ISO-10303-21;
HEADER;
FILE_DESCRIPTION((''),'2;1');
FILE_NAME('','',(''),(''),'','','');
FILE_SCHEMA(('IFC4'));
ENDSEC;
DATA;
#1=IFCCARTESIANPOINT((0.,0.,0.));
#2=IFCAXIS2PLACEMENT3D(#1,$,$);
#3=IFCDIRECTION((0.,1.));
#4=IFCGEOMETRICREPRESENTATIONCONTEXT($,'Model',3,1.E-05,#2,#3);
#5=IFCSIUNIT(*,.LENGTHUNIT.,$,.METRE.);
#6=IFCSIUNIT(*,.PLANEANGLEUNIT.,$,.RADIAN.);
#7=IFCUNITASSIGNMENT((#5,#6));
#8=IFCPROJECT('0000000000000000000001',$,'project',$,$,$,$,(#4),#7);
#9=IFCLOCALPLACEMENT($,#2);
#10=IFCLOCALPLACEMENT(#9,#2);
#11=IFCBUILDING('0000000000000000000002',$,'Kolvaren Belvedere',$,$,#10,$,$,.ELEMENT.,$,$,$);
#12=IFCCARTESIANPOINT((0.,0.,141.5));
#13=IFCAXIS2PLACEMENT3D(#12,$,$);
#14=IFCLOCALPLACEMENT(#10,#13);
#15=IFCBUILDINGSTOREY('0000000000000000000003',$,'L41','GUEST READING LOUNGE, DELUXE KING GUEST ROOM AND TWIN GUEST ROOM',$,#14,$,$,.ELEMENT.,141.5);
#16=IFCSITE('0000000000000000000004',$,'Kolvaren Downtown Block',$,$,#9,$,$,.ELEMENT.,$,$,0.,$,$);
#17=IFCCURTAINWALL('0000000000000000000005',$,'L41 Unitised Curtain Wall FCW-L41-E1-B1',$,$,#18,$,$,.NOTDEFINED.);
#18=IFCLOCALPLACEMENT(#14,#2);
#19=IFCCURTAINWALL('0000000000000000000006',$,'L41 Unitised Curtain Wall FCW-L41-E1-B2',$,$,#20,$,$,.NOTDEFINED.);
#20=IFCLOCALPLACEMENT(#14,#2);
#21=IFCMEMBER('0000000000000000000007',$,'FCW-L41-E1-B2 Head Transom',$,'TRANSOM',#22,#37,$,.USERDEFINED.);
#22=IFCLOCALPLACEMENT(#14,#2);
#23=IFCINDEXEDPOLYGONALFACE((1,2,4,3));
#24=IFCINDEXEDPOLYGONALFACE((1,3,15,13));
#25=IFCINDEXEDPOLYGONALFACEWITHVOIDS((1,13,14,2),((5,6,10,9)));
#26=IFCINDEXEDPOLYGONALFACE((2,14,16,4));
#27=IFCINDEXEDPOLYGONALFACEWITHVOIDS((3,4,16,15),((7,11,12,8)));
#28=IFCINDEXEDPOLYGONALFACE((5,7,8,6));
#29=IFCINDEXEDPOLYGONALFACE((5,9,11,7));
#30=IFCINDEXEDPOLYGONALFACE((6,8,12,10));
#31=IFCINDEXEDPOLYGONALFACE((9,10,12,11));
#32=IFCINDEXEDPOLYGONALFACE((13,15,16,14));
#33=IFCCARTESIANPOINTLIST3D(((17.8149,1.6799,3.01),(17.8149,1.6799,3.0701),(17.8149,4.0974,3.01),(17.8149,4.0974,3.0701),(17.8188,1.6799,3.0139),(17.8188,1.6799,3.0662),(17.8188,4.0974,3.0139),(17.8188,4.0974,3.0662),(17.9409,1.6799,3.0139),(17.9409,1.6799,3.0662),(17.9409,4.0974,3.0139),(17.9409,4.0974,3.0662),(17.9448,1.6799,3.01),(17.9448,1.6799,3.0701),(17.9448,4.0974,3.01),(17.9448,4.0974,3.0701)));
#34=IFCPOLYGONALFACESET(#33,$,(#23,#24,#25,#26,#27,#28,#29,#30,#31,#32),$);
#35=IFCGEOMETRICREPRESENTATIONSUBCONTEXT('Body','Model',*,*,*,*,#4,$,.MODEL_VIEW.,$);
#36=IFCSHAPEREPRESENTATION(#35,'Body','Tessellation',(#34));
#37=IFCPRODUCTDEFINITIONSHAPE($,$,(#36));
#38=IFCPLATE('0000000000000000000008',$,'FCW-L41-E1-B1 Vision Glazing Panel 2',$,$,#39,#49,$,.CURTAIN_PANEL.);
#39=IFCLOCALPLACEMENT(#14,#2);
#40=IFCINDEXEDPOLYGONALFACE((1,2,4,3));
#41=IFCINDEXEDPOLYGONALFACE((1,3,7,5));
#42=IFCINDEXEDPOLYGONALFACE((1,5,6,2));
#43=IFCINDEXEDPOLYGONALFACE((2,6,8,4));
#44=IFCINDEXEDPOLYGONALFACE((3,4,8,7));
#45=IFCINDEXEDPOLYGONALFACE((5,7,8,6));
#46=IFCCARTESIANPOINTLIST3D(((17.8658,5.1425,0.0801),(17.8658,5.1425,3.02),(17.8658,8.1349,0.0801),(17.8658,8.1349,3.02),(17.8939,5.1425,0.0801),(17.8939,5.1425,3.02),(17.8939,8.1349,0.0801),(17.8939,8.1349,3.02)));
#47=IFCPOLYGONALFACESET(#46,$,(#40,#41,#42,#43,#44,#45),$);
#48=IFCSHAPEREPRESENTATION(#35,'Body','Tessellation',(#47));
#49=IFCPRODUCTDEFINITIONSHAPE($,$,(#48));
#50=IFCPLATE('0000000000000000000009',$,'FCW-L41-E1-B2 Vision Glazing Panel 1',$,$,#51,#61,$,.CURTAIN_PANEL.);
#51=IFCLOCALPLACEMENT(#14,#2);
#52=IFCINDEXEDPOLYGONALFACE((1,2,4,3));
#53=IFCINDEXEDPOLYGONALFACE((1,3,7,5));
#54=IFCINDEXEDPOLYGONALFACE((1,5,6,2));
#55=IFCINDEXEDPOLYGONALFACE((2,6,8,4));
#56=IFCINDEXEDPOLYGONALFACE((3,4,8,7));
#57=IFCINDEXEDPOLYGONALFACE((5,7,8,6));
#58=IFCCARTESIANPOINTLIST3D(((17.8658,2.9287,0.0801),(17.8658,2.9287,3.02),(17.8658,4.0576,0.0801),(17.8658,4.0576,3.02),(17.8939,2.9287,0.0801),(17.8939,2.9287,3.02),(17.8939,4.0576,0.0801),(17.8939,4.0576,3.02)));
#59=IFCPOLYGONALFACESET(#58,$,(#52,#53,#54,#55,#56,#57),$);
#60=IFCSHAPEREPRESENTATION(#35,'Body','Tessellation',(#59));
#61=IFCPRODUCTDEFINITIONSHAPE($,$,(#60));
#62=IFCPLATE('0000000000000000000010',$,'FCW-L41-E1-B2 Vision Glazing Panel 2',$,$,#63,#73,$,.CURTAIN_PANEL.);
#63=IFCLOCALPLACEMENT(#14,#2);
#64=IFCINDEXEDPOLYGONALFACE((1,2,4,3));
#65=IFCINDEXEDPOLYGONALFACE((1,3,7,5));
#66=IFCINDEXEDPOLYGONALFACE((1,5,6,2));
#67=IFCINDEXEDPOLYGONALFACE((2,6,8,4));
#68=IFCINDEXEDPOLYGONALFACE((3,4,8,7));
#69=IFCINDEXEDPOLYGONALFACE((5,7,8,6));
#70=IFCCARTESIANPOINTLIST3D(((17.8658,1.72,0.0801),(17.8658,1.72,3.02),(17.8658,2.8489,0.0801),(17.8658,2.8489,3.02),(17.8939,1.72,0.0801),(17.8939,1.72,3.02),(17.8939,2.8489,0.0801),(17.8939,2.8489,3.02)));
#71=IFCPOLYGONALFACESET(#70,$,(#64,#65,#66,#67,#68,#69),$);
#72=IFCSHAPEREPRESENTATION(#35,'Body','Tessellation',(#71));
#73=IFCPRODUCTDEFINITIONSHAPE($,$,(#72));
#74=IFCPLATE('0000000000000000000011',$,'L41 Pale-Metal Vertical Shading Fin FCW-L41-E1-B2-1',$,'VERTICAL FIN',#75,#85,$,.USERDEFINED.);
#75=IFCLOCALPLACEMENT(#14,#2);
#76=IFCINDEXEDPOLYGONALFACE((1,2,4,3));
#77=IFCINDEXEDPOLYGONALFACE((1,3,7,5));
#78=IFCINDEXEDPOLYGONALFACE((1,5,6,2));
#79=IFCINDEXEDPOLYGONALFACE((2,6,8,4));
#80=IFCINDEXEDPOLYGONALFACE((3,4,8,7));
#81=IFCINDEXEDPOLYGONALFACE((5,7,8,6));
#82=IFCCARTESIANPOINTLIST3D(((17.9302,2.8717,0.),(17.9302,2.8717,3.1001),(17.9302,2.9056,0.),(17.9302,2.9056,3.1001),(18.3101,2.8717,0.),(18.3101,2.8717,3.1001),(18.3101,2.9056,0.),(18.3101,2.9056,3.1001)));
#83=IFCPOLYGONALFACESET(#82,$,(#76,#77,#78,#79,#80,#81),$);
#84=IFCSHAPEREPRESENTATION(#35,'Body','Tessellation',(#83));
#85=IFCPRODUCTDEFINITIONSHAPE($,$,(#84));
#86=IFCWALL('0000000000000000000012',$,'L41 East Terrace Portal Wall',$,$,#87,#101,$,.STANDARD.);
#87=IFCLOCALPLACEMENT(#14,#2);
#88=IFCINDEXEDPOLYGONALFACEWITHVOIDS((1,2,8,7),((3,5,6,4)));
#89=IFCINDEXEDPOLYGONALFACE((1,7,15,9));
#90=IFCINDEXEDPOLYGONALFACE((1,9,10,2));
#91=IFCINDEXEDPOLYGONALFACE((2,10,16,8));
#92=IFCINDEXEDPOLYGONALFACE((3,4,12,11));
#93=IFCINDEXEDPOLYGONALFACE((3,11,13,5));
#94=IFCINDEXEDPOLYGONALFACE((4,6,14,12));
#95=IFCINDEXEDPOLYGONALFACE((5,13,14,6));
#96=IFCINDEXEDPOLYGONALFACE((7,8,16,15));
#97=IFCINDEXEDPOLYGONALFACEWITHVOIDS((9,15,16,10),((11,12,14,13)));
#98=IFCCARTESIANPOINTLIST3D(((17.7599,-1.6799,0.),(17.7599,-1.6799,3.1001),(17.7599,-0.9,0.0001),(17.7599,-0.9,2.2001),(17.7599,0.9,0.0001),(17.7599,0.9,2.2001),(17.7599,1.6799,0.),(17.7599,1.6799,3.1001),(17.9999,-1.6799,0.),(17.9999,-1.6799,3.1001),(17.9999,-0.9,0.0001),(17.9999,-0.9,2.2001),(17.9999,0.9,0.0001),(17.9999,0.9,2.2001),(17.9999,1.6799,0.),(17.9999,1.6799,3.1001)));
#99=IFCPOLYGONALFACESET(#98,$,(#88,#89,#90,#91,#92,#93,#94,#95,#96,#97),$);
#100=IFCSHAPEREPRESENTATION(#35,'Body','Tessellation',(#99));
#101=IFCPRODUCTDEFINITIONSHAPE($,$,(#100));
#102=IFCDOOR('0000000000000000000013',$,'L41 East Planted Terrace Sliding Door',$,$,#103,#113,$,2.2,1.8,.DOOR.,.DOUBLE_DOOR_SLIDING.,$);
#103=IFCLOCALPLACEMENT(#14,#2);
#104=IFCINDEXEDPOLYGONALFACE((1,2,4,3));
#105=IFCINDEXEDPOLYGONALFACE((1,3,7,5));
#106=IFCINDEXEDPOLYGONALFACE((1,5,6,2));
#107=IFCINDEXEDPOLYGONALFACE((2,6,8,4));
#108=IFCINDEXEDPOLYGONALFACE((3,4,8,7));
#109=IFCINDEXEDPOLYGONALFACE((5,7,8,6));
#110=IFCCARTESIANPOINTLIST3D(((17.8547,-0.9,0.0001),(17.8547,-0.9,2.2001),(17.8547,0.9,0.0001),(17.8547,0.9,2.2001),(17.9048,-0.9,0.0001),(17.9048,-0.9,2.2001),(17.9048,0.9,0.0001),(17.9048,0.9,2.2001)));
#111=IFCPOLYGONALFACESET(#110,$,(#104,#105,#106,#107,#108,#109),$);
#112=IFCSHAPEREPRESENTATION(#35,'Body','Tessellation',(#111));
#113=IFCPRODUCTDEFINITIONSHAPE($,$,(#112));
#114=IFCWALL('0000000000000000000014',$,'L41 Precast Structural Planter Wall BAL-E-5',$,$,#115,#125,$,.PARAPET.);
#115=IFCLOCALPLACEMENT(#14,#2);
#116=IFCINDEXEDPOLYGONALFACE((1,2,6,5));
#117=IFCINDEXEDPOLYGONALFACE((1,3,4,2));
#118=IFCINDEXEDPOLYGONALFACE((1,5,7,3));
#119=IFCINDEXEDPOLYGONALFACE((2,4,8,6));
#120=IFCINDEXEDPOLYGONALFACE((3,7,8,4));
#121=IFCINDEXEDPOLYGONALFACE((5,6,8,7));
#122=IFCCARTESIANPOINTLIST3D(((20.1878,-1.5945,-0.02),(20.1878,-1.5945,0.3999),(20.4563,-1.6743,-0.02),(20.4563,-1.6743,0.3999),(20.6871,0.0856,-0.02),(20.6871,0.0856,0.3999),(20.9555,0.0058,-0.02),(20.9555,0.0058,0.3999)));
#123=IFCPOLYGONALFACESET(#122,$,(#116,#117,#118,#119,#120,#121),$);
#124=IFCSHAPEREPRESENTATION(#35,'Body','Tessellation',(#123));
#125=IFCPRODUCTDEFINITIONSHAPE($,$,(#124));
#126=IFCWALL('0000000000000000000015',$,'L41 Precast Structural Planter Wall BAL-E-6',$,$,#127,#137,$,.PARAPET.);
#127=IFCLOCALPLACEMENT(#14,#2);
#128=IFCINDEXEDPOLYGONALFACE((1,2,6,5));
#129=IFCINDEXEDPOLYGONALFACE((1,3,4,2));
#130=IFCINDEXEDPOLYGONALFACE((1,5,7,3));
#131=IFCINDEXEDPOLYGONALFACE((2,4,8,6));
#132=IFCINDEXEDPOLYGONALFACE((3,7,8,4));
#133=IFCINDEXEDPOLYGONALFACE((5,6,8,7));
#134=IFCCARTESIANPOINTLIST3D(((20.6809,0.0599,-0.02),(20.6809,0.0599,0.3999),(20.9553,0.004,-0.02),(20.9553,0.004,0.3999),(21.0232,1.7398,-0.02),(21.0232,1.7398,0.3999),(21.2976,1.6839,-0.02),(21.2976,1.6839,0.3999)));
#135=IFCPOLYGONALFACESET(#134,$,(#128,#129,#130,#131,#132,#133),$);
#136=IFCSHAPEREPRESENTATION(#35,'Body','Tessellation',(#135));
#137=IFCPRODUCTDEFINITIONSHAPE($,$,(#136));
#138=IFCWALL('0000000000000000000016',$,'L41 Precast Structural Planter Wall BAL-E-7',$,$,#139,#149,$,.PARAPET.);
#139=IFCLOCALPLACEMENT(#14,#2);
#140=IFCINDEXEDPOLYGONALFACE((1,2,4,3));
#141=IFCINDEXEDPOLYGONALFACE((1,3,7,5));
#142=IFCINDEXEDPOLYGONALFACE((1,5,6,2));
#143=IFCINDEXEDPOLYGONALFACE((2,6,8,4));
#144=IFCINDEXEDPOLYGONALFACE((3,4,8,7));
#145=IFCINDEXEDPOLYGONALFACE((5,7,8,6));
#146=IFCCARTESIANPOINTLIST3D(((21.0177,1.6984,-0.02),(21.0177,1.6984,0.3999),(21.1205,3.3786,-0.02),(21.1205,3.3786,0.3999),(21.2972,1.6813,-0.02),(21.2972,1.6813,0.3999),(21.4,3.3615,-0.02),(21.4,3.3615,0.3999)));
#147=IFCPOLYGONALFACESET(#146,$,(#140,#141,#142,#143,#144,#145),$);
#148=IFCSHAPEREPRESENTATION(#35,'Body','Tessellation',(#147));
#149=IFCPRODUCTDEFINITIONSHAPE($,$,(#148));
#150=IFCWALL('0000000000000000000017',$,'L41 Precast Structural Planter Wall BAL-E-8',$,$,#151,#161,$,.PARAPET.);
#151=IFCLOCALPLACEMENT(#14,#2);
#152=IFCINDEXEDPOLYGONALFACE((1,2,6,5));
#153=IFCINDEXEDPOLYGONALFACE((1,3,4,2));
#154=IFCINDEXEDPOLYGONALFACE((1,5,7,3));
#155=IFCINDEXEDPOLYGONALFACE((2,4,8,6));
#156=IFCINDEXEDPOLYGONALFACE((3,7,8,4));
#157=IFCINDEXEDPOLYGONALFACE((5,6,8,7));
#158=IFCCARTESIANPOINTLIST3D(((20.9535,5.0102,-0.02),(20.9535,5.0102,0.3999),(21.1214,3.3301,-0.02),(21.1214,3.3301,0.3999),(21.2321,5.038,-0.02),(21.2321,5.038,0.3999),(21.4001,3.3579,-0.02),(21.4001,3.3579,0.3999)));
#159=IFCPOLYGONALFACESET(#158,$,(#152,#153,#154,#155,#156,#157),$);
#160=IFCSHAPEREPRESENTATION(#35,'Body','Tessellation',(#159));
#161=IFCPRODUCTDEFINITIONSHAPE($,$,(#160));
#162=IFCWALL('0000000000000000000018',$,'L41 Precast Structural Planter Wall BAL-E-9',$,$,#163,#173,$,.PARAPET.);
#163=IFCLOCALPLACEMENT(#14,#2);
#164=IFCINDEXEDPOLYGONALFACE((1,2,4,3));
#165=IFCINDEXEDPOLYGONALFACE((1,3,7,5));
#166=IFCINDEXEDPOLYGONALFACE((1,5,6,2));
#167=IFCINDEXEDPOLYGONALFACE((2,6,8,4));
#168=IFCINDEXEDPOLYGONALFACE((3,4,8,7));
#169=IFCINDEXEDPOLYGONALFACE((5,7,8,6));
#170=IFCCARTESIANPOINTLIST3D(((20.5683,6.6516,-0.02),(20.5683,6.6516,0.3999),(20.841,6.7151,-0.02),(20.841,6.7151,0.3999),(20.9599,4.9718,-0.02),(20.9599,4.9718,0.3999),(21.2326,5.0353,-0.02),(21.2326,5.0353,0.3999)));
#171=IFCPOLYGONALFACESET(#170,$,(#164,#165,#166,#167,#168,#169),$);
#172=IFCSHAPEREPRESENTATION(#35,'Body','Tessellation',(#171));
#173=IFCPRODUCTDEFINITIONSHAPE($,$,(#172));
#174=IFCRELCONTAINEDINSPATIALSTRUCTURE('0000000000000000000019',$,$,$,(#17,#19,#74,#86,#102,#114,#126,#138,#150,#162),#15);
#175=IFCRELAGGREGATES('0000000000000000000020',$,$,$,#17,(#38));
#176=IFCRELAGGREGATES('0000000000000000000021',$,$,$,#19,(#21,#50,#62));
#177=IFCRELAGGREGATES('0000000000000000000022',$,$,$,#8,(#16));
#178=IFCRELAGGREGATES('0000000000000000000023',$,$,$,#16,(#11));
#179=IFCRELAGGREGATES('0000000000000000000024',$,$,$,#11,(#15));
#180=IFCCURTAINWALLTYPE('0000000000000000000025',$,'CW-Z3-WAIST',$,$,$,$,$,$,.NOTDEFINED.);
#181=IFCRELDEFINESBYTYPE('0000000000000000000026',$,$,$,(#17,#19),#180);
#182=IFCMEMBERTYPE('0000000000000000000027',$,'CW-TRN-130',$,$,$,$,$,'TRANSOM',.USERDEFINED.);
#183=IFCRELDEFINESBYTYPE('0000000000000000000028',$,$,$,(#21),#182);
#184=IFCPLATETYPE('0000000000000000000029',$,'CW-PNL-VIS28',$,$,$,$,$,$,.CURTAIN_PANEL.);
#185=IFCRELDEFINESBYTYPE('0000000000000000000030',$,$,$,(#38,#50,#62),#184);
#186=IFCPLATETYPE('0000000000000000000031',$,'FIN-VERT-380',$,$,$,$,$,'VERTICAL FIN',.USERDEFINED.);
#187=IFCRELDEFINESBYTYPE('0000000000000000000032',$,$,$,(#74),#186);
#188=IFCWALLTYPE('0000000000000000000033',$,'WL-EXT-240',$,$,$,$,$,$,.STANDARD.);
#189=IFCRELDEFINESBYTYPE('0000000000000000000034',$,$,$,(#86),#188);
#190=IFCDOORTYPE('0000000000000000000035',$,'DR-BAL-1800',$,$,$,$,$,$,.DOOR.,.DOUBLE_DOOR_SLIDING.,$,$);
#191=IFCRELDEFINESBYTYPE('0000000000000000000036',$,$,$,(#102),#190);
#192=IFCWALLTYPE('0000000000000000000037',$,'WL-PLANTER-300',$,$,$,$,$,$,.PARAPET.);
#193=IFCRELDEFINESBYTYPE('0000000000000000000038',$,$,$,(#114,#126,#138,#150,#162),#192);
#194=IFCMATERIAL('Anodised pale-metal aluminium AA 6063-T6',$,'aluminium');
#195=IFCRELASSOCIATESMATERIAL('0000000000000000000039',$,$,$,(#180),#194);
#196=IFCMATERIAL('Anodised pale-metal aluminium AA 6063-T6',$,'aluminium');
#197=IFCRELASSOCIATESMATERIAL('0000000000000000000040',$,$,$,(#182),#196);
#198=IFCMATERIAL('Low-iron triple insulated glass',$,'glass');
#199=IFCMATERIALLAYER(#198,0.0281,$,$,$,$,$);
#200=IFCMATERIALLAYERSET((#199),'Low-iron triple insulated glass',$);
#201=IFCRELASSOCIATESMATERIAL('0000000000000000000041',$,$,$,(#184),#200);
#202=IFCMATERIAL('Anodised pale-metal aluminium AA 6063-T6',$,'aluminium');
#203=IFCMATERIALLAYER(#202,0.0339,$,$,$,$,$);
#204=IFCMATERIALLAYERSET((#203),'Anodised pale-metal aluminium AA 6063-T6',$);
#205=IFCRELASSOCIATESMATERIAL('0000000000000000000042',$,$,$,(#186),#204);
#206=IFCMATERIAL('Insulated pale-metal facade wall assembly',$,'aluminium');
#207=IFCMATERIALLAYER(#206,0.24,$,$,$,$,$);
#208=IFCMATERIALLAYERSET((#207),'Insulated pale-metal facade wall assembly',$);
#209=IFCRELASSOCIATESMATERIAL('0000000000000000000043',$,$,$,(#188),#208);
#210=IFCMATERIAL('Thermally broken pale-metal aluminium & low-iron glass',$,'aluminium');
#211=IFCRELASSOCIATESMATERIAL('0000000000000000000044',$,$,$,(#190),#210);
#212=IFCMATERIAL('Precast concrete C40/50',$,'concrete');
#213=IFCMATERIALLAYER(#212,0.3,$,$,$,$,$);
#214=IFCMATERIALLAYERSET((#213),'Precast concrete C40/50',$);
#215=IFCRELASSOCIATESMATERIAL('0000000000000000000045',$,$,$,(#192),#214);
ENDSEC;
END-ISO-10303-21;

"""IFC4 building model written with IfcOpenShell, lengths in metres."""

from ifc_helpers import new_model, si_unit, direction, frame, frame_2d, origin, origin_2d, place, context, subcontext, project, spatial, rectangle, hollow_rectangle, extrude, material, layer, layer_set, material_profile, profile_set, type_object, element, fill, aggregate, save


model = new_model("IFC4")

# Units and contexts
model_context = context("Model", 3, precision=1e-05, world=origin(), true_north=direction((0.0, 1.0)))
body_context = subcontext(model_context, "Body", "Model", "MODEL_VIEW")
ifc_project = project(units=[si_unit("LENGTHUNIT", "METRE"), si_unit("PLANEANGLEUNIT", "RADIAN")], contexts=[model_context])

# Site, building, storey
site_placement = place(None, origin())
site = spatial("IfcSite", under=ifc_project, at=site_placement, Name="Kolvaren Downtown Block", CompositionType="ELEMENT", RefElevation=0.0)
building_placement = place(site_placement, origin())
building = spatial("IfcBuilding", under=site, at=building_placement, Name="Kolvaren Belvedere", CompositionType="ELEMENT")
storey_placement = place(building_placement, frame((0.0, 0.0, 141.5)))
storey = spatial("IfcBuildingStorey", under=building, at=storey_placement, Name="L41", Description="GUEST READING LOUNGE, DELUXE KING GUEST ROOM AND TWIN GUEST ROOM", CompositionType="ELEMENT", Elevation=141.5)

# Curtain wall
ifc_material_1 = material(Name="Anodised pale-metal aluminium AA 6063-T6", Category="aluminium")
curtain_wall_type = type_object("IfcCurtainWallType", Name="CW-Z3-WAIST", PredefinedType="NOTDEFINED", material=ifc_material_1)
curtain_wall_1_placement = place(storey_placement, origin())
curtain_wall_1 = element("IfcCurtainWall", 1, at=curtain_wall_1_placement, inside=storey, type_object=curtain_wall_type, Name="L41 Unitised Curtain Wall FCW-L41-E1-B1", PredefinedType="NOTDEFINED")

# Curtain wall, member
curtain_wall_2_placement = place(storey_placement, origin())
curtain_wall_2 = element("IfcCurtainWall", 2, at=curtain_wall_2_placement, inside=storey, type_object=curtain_wall_type, Name="L41 Unitised Curtain Wall FCW-L41-E1-B2", PredefinedType="NOTDEFINED")
ifc_material_2 = material(Name="Anodised pale-metal aluminium AA 6063-T6", Category="aluminium")
ifc_material_profile_1 = material_profile(ifc_material_2, hollow_rectangle(XDim=0.0601, YDim=0.1299, WallThickness=0.0039, at=origin_2d()), Name="ALU-TRN-130X60")
ifc_profile_set_1 = profile_set([ifc_material_profile_1], Name="Anodised pale-metal aluminium AA 6063-T6")
member_type_1 = type_object("IfcMemberType", Name="CW-TRN-130", ElementType="TRANSOM", PredefinedType="USERDEFINED", material=ifc_profile_set_1)
member_1_placement = place(storey_placement, frame((17.8799, 4.0974, 3.04), z_axis=(0.0, -1.0, 0.0), x_axis=(0.0, 0.0, 1.0)))
member_1 = element("IfcMember", 3, at=member_1_placement, type_object=member_type_1, Name="FCW-L41-E1-B2 Head Transom", ObjectType="TRANSOM", PredefinedType="USERDEFINED", context=body_context, shape_type="SweptSolid", body=[
    extrude(hollow_rectangle(XDim=0.0601, YDim=0.1299, WallThickness=0.0039, at=origin_2d()), origin(), (0.0, 0.0, 1.0), 2.4175),
])

# Plates
ifc_material_3 = material(Name="Low-iron triple insulated glass", Category="glass")
ifc_layer_1 = layer(ifc_material_3, 0.0281)
ifc_layer_set_1 = layer_set([ifc_layer_1], Name="Low-iron triple insulated glass")
plate_type_1 = type_object("IfcPlateType", Name="CW-PNL-VIS28", PredefinedType="CURTAIN_PANEL", material=ifc_layer_set_1)
plate_1_placement = place(storey_placement, frame((17.8799, 6.6387, 0.0801), z_axis=(0.0, 0.0, 1.0), x_axis=(0.0, -1.0, 0.0)))
plate_1 = element("IfcPlate", 4, at=plate_1_placement, type_object=plate_type_1, Name="FCW-L41-E1-B1 Vision Glazing Panel 2", PredefinedType="CURTAIN_PANEL", context=body_context, shape_type="SweptSolid", body=[
    extrude(rectangle(XDim=2.9924, YDim=0.0281, at=origin_2d()), origin(), (0.0, 0.0, 1.0), 2.9399),
])
aggregate(curtain_wall_1, [plate_1])
plate_2_placement = place(storey_placement, frame((17.8799, 3.4932, 0.0801), z_axis=(0.0, 0.0, 1.0), x_axis=(0.0, -1.0, 0.0)))
plate_2 = element("IfcPlate", 5, at=plate_2_placement, type_object=plate_type_1, Name="FCW-L41-E1-B2 Vision Glazing Panel 1", PredefinedType="CURTAIN_PANEL", context=body_context, shape_type="SweptSolid", body=[
    extrude(rectangle(XDim=1.1289, YDim=0.0281, at=origin_2d()), origin(), (0.0, 0.0, 1.0), 2.9399),
])
plate_3_placement = place(storey_placement, frame((17.8799, 2.2844, 0.0801), z_axis=(0.0, 0.0, 1.0), x_axis=(0.0, -1.0, 0.0)))
plate_3 = element("IfcPlate", 6, at=plate_3_placement, type_object=plate_type_1, Name="FCW-L41-E1-B2 Vision Glazing Panel 2", PredefinedType="CURTAIN_PANEL", context=body_context, shape_type="SweptSolid", body=[
    extrude(rectangle(XDim=1.1289, YDim=0.0281, at=origin_2d()), origin(), (0.0, 0.0, 1.0), 2.9399),
])
aggregate(curtain_wall_2, [member_1, plate_2, plate_3])
ifc_material_4 = material(Name="Anodised pale-metal aluminium AA 6063-T6", Category="aluminium")
ifc_layer_2 = layer(ifc_material_4, 0.0339)
ifc_layer_set_2 = layer_set([ifc_layer_2], Name="Anodised pale-metal aluminium AA 6063-T6")
plate_type_2 = type_object("IfcPlateType", Name="FIN-VERT-380", ElementType="VERTICAL FIN", PredefinedType="USERDEFINED", material=ifc_layer_set_2)
plate_4_placement = place(storey_placement, frame((18.1201, 2.8887, 0.0), z_axis=(0.0, 0.0, 1.0), x_axis=(1.0, 0.0, 0.0)))
element("IfcPlate", 7, at=plate_4_placement, inside=storey, type_object=plate_type_2, Name="L41 Pale-Metal Vertical Shading Fin FCW-L41-E1-B2-1", ObjectType="VERTICAL FIN", PredefinedType="USERDEFINED", context=body_context, shape_type="SweptSolid", body=[
    extrude(rectangle(XDim=0.3799, YDim=0.0339, at=origin_2d()), origin(), (0.0, 0.0, 1.0), 3.1001),
])

# Wall, opening, door
ifc_material_5 = material(Name="Insulated pale-metal facade wall assembly", Category="aluminium")
ifc_layer_3 = layer(ifc_material_5, 0.24)
ifc_layer_set_3 = layer_set([ifc_layer_3], Name="Insulated pale-metal facade wall assembly")
wall_type_1 = type_object("IfcWallType", Name="WL-EXT-240", PredefinedType="STANDARD", material=ifc_layer_set_3)
wall_1_placement = place(storey_placement, frame((17.8799, 1.6799, 0.0), z_axis=(0.0, 0.0, 1.0), x_axis=(0.0, -1.0, 0.0)))
wall_1 = element("IfcWall", 8, at=wall_1_placement, inside=storey, type_object=wall_type_1, Name="L41 East Terrace Portal Wall", PredefinedType="STANDARD", context=body_context, shape_type="SweptSolid", body=[
    extrude(rectangle(XDim=3.3599, YDim=0.24, at=frame_2d((1.6799, 0.0))), origin(), (0.0, 0.0, 1.0), 3.1001),
])
opening_placement = place(wall_1_placement, frame((0.78, 0.0, 0.0)))
opening = element("IfcOpeningElement", 9, at=opening_placement, cuts=wall_1, PredefinedType="OPENING", context=body_context, shape_type="SweptSolid", body=[
    extrude(rectangle(XDim=1.8, YDim=2.2, at=frame_2d((0.8999, 1.1001))), frame((0.0, 0.1299, 0.0), z_axis=(0.0, -1.0, 0.0), x_axis=(1.0, 0.0, 0.0)), (0.0, 0.0, 1.0), 0.26),
])
ifc_material_6 = material(Name="Thermally broken pale-metal aluminium & low-iron glass", Category="aluminium")
door_type = type_object("IfcDoorType", Name="DR-BAL-1800", OperationType="DOUBLE_DOOR_SLIDING", PredefinedType="DOOR", material=ifc_material_6)
door_placement = place(opening_placement, origin())
door = element("IfcDoor", 10, at=door_placement, inside=storey, type_object=door_type, Name="L41 East Planted Terrace Sliding Door", OperationType="DOUBLE_DOOR_SLIDING", OverallHeight=2.2, OverallWidth=1.8, PredefinedType="DOOR", context=body_context, shape_type="SweptSolid", body=[
    extrude(rectangle(XDim=1.8, YDim=2.2, at=frame_2d((0.8999, 1.1001))), frame((0.0, 0.0249, 0.0), z_axis=(0.0, -1.0, 0.0), x_axis=(1.0, 0.0, 0.0)), (0.0, 0.0, 1.0), 0.05),
])
fill(opening, door)

# Walls
ifc_material_7 = material(Name="Precast concrete C40/50", Category="concrete")
ifc_layer_4 = layer(ifc_material_7, 0.3)
ifc_layer_set_4 = layer_set([ifc_layer_4], Name="Precast concrete C40/50")
wall_type_2 = type_object("IfcWallType", Name="WL-PLANTER-300", PredefinedType="PARAPET", material=ifc_layer_set_4)
wall_2_placement = place(storey_placement, frame((20.322, -1.6345, -0.02), z_axis=(0.0, 0.0, 1.0), x_axis=(0.284842, 0.958574, 0.0)))
element("IfcWall", 11, at=wall_2_placement, inside=storey, type_object=wall_type_2, Name="L41 Precast Structural Planter Wall BAL-E-5", PredefinedType="PARAPET", context=body_context, shape_type="SweptSolid", body=[
    extrude(rectangle(XDim=1.7527, YDim=0.28, at=frame_2d((0.8765, 0.0))), origin(), (0.0, 0.0, 1.0), 0.4199),
])
wall_3_placement = place(storey_placement, frame((20.8181, 0.032, -0.02), z_axis=(0.0, 0.0, 1.0), x_axis=(0.199648, 0.979868, 0.0)))
element("IfcWall", 12, at=wall_3_placement, inside=storey, type_object=wall_type_2, Name="L41 Precast Structural Planter Wall BAL-E-6", PredefinedType="PARAPET", context=body_context, shape_type="SweptSolid", body=[
    extrude(rectangle(XDim=1.7144, YDim=0.28, at=frame_2d((0.8572, 0.0))), origin(), (0.0, 0.0, 1.0), 0.4199),
])
wall_4_placement = place(storey_placement, frame((21.1575, 1.6897, -0.02), z_axis=(0.0, 0.0, 1.0), x_axis=(0.06106, 0.998134, 0.0)))
element("IfcWall", 13, at=wall_4_placement, inside=storey, type_object=wall_type_2, Name="L41 Precast Structural Planter Wall BAL-E-7", PredefinedType="PARAPET", context=body_context, shape_type="SweptSolid", body=[
    extrude(rectangle(XDim=1.6833, YDim=0.28, at=frame_2d((0.8418, 0.0))), origin(), (0.0, 0.0, 1.0), 0.4199),
])
wall_5_placement = place(storey_placement, frame((21.2607, 3.344, -0.02), z_axis=(0.0, 0.0, 1.0), x_axis=(-0.099475, 0.99504, 0.0)))
element("IfcWall", 14, at=wall_5_placement, inside=storey, type_object=wall_type_2, Name="L41 Precast Structural Planter Wall BAL-E-8", PredefinedType="PARAPET", context=body_context, shape_type="SweptSolid", body=[
    extrude(rectangle(XDim=1.6885, YDim=0.28, at=frame_2d((0.8442, 0.0))), origin(), (0.0, 0.0, 1.0), 0.4199),
])
wall_6_placement = place(storey_placement, frame((21.0962, 5.0037, -0.02), z_axis=(0.0, 0.0, 1.0), x_axis=(-0.227019, 0.97389, 0.0)))
element("IfcWall", 15, at=wall_6_placement, inside=storey, type_object=wall_type_2, Name="L41 Precast Structural Planter Wall BAL-E-9", PredefinedType="PARAPET", context=body_context, shape_type="SweptSolid", body=[
    extrude(rectangle(XDim=1.7249, YDim=0.28, at=frame_2d((0.8623, 0.0))), origin(), (0.0, 0.0, 1.0), 0.4199),
])

save(model, "model.ifc")
